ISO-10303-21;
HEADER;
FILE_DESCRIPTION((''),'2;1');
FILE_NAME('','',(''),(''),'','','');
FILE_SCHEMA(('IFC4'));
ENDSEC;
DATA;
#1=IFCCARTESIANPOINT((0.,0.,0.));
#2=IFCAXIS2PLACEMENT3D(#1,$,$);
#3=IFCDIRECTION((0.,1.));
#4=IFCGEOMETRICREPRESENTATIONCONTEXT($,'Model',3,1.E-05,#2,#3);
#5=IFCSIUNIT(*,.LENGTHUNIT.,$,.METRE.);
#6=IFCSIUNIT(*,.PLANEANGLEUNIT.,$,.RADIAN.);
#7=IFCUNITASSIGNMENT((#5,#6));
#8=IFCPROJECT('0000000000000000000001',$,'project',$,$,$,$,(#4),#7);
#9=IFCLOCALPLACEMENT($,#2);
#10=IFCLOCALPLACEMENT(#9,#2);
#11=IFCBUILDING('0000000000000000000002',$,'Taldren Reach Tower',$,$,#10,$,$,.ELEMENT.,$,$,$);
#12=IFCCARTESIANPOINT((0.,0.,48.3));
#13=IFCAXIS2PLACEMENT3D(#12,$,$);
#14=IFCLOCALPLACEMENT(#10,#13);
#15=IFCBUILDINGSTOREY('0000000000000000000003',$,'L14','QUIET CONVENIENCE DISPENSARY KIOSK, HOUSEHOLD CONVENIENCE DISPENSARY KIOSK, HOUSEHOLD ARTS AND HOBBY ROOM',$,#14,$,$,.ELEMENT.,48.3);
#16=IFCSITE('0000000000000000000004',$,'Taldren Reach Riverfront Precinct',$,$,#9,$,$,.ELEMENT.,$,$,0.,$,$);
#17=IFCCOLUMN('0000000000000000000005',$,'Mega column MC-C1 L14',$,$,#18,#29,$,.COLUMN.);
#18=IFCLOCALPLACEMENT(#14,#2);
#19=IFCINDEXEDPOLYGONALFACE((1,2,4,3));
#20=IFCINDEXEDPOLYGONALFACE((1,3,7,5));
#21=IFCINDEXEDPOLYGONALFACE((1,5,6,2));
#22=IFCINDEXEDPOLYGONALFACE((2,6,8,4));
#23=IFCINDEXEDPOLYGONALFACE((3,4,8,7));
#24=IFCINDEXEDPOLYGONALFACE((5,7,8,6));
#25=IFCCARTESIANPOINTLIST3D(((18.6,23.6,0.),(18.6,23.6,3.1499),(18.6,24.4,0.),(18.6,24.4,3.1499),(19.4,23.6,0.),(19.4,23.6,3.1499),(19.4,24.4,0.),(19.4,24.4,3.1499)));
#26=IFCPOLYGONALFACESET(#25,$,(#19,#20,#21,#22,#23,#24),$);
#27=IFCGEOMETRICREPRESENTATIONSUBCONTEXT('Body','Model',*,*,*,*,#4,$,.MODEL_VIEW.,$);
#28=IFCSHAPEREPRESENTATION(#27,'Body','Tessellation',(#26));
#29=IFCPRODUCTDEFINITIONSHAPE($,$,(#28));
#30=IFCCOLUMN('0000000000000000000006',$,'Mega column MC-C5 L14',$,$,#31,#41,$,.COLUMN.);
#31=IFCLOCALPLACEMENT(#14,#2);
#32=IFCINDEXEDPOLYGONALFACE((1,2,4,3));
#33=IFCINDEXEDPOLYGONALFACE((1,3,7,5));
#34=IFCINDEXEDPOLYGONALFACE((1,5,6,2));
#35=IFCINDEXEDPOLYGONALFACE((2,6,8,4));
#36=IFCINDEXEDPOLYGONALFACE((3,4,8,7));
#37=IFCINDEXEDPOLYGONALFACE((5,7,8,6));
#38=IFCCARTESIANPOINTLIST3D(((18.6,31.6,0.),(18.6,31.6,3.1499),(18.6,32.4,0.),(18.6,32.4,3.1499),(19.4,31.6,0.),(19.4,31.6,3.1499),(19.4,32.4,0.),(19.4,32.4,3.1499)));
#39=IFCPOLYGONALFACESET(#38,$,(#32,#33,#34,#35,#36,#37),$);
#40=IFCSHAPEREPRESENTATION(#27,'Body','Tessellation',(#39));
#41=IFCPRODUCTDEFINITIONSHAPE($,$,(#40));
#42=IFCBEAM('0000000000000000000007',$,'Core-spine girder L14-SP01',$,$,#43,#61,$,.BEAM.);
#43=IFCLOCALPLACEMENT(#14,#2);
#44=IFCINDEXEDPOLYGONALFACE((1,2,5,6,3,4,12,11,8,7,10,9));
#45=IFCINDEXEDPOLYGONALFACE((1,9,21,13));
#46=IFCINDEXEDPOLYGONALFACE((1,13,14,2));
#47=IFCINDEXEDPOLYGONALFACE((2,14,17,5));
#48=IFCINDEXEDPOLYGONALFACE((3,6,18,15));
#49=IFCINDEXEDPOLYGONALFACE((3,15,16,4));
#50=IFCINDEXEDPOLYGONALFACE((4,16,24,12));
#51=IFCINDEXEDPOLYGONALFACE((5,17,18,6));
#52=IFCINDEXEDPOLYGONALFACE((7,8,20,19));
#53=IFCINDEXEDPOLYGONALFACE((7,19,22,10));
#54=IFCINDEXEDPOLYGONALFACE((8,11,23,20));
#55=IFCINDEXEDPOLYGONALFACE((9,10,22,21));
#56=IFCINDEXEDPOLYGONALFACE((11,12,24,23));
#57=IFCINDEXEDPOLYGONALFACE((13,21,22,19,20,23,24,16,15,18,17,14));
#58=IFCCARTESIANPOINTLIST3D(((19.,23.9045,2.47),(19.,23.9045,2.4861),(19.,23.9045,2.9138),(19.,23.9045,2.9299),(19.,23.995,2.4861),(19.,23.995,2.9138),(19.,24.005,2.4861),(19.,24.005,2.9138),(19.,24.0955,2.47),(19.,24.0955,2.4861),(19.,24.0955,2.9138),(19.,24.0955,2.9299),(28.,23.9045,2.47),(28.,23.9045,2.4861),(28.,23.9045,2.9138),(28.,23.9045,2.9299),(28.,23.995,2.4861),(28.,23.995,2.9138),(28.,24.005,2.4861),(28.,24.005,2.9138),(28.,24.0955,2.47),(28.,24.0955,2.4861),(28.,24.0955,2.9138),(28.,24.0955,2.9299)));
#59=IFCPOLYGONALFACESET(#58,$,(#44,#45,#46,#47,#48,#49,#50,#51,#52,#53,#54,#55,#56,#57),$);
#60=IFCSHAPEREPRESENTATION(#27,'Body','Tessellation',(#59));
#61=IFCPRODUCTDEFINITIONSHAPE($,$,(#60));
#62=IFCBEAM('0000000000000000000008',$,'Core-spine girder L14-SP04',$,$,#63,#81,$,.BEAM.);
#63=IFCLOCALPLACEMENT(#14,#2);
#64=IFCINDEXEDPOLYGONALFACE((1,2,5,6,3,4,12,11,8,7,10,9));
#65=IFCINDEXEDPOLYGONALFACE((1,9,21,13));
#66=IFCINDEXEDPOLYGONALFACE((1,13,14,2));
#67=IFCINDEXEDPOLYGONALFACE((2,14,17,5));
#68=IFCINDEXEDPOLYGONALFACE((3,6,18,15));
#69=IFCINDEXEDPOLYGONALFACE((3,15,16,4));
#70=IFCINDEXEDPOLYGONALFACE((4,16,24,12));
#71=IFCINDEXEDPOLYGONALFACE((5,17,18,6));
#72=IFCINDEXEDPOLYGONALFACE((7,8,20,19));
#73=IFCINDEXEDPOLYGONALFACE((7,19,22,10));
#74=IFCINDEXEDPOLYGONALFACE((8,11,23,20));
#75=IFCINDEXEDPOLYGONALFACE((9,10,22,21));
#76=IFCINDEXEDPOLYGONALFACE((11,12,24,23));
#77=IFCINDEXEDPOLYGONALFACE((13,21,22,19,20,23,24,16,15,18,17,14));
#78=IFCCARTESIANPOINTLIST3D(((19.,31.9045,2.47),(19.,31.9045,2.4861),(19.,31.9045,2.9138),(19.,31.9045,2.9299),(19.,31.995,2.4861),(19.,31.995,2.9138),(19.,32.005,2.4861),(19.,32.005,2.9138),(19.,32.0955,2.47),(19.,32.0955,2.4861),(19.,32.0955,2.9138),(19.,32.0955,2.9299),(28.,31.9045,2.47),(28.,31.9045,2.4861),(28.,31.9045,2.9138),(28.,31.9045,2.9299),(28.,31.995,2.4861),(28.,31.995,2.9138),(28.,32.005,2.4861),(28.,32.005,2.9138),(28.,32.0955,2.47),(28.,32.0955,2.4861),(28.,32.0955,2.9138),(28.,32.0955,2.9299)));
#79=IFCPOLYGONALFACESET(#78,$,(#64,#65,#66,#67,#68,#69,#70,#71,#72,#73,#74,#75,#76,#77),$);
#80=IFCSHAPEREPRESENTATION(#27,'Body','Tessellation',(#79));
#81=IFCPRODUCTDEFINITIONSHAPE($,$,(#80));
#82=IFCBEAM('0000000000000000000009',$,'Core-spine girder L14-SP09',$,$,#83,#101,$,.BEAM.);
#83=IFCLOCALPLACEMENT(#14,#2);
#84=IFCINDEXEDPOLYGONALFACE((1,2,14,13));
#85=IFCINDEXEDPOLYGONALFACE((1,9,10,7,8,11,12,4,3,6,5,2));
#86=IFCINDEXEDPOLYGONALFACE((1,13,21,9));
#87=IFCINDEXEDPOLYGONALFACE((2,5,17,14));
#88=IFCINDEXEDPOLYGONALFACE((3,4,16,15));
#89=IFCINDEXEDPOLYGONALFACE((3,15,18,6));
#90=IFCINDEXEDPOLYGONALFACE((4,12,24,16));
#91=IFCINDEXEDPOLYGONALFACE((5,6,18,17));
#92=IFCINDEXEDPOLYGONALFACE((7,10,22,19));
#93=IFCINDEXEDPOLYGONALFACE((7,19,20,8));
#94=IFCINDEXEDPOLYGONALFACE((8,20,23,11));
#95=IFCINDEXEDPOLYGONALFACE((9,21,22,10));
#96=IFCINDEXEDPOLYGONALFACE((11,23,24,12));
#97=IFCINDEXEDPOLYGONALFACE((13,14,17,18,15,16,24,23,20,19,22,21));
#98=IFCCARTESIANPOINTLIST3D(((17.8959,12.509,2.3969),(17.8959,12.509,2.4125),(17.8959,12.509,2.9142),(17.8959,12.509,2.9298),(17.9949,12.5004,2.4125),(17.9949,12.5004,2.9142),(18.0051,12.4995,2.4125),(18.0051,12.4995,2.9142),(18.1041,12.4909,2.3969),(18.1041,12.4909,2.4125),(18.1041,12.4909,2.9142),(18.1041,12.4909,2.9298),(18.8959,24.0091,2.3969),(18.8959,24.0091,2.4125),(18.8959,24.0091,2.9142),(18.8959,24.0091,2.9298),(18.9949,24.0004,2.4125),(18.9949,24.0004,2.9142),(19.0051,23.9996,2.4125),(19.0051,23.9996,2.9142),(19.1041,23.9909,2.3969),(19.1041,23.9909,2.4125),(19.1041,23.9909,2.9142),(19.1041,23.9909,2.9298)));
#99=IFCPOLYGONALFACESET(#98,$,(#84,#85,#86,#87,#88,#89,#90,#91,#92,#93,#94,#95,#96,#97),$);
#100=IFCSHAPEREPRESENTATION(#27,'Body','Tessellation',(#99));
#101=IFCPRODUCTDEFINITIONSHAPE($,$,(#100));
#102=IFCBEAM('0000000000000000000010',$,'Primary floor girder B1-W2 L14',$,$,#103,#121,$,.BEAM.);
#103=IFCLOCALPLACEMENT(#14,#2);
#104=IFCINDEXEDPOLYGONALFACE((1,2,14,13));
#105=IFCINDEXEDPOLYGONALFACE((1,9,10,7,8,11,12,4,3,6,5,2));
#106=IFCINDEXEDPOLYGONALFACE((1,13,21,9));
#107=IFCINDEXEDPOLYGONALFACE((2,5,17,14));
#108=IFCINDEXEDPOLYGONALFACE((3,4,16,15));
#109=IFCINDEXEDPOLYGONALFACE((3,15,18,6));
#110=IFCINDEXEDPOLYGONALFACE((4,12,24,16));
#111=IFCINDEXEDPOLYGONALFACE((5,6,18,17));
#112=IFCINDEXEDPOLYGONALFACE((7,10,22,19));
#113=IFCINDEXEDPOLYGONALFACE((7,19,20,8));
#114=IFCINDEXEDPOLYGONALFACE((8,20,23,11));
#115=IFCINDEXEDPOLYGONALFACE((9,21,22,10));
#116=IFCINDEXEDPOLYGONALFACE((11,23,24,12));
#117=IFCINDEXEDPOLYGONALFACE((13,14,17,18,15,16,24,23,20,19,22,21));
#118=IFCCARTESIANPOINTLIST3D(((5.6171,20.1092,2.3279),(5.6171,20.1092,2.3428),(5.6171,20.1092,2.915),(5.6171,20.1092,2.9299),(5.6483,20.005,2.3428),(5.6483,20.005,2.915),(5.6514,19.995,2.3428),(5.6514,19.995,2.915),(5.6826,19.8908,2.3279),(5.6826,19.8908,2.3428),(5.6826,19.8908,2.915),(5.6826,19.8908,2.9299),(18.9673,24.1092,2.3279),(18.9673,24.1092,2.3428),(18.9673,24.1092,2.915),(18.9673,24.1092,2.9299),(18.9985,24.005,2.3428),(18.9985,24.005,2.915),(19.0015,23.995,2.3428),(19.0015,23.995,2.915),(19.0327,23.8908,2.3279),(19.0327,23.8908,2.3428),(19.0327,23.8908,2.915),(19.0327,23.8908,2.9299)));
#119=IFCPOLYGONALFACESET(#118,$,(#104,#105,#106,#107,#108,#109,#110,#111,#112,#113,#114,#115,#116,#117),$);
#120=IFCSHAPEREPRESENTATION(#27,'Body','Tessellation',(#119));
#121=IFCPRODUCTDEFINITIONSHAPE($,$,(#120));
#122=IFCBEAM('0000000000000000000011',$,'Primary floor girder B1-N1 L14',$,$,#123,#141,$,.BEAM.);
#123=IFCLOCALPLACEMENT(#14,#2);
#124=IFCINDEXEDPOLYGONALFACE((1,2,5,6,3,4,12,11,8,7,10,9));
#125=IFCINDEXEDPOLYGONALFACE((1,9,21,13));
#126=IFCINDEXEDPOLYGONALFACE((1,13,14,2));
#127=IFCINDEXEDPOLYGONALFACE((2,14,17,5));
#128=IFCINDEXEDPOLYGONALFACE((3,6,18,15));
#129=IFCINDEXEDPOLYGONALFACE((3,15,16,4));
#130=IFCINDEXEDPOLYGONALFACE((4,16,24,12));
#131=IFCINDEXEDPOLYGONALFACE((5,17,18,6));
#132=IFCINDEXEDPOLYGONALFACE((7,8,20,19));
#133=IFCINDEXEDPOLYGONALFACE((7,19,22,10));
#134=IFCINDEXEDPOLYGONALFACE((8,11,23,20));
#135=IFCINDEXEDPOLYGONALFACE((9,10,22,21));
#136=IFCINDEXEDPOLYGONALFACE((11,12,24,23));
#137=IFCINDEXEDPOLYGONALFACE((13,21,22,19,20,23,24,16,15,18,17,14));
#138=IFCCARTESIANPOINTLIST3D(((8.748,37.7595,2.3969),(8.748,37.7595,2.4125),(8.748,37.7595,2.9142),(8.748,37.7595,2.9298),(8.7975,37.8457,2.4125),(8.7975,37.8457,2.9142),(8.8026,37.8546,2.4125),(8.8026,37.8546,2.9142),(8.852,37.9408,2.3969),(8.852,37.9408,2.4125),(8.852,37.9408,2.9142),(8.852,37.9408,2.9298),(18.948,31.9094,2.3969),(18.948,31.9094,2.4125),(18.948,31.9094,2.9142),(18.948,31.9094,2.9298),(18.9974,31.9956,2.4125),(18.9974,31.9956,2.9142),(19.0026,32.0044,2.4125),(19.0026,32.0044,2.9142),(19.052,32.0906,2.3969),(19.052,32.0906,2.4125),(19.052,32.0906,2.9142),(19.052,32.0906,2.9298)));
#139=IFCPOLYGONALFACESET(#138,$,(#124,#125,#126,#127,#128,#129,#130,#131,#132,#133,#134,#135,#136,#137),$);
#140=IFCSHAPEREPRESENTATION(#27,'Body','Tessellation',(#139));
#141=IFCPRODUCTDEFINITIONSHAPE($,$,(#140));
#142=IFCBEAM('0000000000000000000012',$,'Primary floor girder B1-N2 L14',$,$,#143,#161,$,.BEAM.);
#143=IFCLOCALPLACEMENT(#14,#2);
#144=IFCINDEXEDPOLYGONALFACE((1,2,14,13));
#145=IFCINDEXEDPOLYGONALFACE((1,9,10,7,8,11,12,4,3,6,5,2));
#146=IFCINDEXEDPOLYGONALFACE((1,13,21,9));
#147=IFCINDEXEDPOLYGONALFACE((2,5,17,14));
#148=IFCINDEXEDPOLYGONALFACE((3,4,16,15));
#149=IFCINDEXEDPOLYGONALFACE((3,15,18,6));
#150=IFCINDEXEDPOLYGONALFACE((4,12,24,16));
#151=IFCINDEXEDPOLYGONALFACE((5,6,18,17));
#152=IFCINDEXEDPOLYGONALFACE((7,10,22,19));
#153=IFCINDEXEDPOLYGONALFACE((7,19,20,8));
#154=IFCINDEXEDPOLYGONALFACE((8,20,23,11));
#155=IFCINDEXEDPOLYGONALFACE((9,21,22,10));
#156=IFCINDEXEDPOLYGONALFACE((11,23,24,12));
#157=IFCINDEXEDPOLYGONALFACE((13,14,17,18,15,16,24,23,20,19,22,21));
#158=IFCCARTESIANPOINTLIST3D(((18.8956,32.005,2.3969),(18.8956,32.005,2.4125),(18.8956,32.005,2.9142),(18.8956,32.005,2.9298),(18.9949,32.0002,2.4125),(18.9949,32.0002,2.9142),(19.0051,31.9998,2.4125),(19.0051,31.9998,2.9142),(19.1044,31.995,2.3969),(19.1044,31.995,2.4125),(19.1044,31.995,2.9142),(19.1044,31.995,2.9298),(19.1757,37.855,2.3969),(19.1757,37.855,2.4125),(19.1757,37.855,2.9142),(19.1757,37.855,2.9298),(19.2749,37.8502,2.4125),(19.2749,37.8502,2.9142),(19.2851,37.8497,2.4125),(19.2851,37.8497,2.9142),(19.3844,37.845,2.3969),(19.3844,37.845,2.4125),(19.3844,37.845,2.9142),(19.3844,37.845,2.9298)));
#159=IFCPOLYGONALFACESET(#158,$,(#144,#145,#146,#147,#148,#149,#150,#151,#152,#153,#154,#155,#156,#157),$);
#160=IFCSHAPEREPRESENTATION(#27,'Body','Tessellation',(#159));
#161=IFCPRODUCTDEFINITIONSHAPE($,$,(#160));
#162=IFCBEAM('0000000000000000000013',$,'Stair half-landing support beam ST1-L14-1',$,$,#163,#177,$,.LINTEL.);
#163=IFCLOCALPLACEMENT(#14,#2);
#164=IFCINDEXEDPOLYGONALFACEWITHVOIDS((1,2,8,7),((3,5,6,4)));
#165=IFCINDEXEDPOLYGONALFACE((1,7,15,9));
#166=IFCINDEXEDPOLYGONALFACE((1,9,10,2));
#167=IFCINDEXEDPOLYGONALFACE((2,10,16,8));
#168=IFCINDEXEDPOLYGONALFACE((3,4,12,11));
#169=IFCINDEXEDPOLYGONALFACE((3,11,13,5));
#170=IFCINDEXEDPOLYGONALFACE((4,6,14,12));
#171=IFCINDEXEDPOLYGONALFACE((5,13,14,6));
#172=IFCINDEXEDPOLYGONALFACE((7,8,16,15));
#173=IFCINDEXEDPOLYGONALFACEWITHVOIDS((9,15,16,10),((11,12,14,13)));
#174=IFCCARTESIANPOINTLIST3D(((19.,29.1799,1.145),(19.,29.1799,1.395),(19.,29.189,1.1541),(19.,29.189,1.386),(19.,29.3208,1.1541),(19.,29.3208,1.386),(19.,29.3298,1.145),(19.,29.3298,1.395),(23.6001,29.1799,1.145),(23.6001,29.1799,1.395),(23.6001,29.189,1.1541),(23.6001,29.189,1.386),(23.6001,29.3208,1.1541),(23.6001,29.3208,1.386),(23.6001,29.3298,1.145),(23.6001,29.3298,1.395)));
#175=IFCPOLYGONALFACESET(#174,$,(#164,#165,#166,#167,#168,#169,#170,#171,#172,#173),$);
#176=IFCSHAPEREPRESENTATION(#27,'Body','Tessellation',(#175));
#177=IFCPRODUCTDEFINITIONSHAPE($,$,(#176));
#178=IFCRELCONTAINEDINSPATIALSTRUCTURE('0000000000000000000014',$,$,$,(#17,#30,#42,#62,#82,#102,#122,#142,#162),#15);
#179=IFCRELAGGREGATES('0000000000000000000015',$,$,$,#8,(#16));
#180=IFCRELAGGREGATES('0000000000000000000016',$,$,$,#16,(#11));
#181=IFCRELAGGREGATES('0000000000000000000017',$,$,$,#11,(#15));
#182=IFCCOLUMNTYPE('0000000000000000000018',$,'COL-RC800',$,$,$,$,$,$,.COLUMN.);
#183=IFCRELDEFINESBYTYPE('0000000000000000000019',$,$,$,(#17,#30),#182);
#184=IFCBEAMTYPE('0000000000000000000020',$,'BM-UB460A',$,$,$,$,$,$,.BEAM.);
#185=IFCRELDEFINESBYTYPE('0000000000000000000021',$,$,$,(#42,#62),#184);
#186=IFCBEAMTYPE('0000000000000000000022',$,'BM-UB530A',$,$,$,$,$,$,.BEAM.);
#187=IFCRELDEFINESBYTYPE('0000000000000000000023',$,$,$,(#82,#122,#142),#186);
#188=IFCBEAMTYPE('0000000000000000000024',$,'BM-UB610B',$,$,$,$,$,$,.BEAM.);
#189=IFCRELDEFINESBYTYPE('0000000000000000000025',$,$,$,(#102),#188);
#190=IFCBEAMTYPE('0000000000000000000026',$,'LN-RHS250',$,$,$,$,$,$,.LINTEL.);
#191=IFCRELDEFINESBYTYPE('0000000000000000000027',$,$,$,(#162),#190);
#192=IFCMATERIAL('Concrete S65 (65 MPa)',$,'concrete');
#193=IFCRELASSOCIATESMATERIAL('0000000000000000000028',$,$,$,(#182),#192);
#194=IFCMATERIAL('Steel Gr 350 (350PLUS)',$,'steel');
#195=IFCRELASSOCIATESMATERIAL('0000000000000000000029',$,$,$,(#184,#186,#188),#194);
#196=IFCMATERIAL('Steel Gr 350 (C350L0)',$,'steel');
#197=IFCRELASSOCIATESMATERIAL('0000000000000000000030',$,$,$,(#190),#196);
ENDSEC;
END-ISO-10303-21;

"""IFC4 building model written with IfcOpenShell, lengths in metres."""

from ifc_helpers import new_model, si_unit, direction, frame, origin, origin_2d, place, context, subcontext, project, spatial, rectangle, hollow_rectangle, i_section, extrude, source, transform, mapped, material, material_profile, profile_set, type_object, element, save


model = new_model("IFC4")

# Units and contexts
model_context = context("Model", 3, precision=1e-05, world=origin(), true_north=direction((0.0, 1.0)))
body_context = subcontext(model_context, "Body", "Model", "MODEL_VIEW")
ifc_project = project(units=[si_unit("LENGTHUNIT", "METRE"), si_unit("PLANEANGLEUNIT", "RADIAN")], contexts=[model_context])

# Site, building, storey
site_placement = place(None, origin())
site = spatial("IfcSite", under=ifc_project, at=site_placement, Name="Taldren Reach Riverfront Precinct", CompositionType="ELEMENT", RefElevation=0.0)
building_placement = place(site_placement, origin())
building = spatial("IfcBuilding", under=site, at=building_placement, Name="Taldren Reach Tower", CompositionType="ELEMENT")
storey_placement = place(building_placement, frame((0.0, 0.0, 48.3)))
storey = spatial("IfcBuildingStorey", under=building, at=storey_placement, Name="L14", Description="QUIET CONVENIENCE DISPENSARY KIOSK, HOUSEHOLD CONVENIENCE DISPENSARY KIOSK, HOUSEHOLD ARTS AND HOBBY ROOM", CompositionType="ELEMENT", Elevation=48.3)

# Columns
ifc_material_1 = material(Name="Concrete S65 (65 MPa)", Category="concrete")
ifc_material_profile_1 = material_profile(ifc_material_1, rectangle(XDim=0.8, YDim=0.8, at=origin_2d()), Name="RC-800x800")
ifc_profile_set_1 = profile_set([ifc_material_profile_1], Name="Concrete S65 (65 MPa)")
column_type = type_object("IfcColumnType", Name="COL-RC800", PredefinedType="COLUMN", material=ifc_profile_set_1)
shared_shape_1 = source(origin(), body_context, "Body", "SweptSolid", [
    extrude(rectangle(XDim=0.8, YDim=0.8, at=origin_2d()), origin(), (0.0, 0.0, 1.0), 3.1499),
])
for number, where, z_axis, x_axis, name in (
    (1, (19.0, 24.0, 0.0), (0.0, 0.0, 1.0), (1.0, 0.0, 0.0), "Mega column MC-C1 L14"),
    (2, (19.0, 32.0, 0.0), (0.0, 0.0, 1.0), (1.0, 0.0, 0.0), "Mega column MC-C5 L14"),
):
    element("IfcColumn", number, at=place(storey_placement, frame(where, z_axis=z_axis, x_axis=x_axis)), inside=storey, type_object=column_type, Name=name, PredefinedType="COLUMN", context=body_context, shape_type="MappedRepresentation", body=[
        mapped(shared_shape_1, transform((0.0, 0.0, 0.0), scale=1.0)),
    ])

# Beams
ifc_material_2 = material(Name="Steel Gr 350 (350PLUS)", Category="steel")
ifc_material_profile_2 = material_profile(ifc_material_2, i_section(OverallWidth=0.1909, OverallDepth=0.46, WebThickness=0.01, FlangeThickness=0.0161, at=origin_2d()), Name="460UB82.1")
ifc_profile_set_2 = profile_set([ifc_material_profile_2], Name="Steel Gr 350 (350PLUS)")
beam_type_1 = type_object("IfcBeamType", Name="BM-UB460A", PredefinedType="BEAM", material=ifc_profile_set_2)
shared_shape_2 = source(origin(), body_context, "Body", "SweptSolid", [
    extrude(i_section(OverallWidth=0.1909, OverallDepth=0.46, WebThickness=0.01, FlangeThickness=0.0161, at=origin_2d()), origin(), (0.0, 0.0, 1.0), 9.0),
])
for number, where, z_axis, x_axis, name in (
    (3, (19.0, 24.0, 2.7), (1.0, 0.0, 0.0), (0.0, 1.0, 0.0), "Core-spine girder L14-SP01"),
    (4, (19.0, 32.0, 2.7), (1.0, 0.0, 0.0), (0.0, 1.0, 0.0), "Core-spine girder L14-SP04"),
):
    element("IfcBeam", number, at=place(storey_placement, frame(where, z_axis=z_axis, x_axis=x_axis)), inside=storey, type_object=beam_type_1, Name=name, PredefinedType="BEAM", context=body_context, shape_type="MappedRepresentation", body=[
        mapped(shared_shape_2, transform((0.0, 0.0, 0.0), scale=1.0)),
    ])
ifc_material_profile_3 = material_profile(ifc_material_2, i_section(OverallWidth=0.209, OverallDepth=0.533, WebThickness=0.0103, FlangeThickness=0.0156, at=origin_2d()), Name="530UB92.4")
ifc_profile_set_3 = profile_set([ifc_material_profile_3], Name="Steel Gr 350 (350PLUS)")
beam_type_2 = type_object("IfcBeamType", Name="BM-UB530A", PredefinedType="BEAM", material=ifc_profile_set_3)
shared_shape_3 = source(origin(), body_context, "Body", "SweptSolid", [
    extrude(i_section(OverallWidth=0.209, OverallDepth=0.533, WebThickness=0.0103, FlangeThickness=0.0156, at=origin_2d()), origin(), (0.0, 0.0, 1.0), 11.5435),
])
beam_1_placement = place(storey_placement, frame((19.0, 24.0, 2.6633), z_axis=(-0.08663, -0.996241, 0.0), x_axis=(0.996241, -0.08663, 0.0)))
element("IfcBeam", 5, at=beam_1_placement, inside=storey, type_object=beam_type_2, Name="Core-spine girder L14-SP09", PredefinedType="BEAM", context=body_context, shape_type="MappedRepresentation", body=[
    mapped(shared_shape_3, transform((0.0, 0.0, 0.0), scale=1.0)),
])
ifc_material_profile_4 = material_profile(ifc_material_2, i_section(OverallWidth=0.228, OverallDepth=0.6021, WebThickness=0.0105, FlangeThickness=0.0149, at=origin_2d()), Name="610UB101")
ifc_profile_set_4 = profile_set([ifc_material_profile_4], Name="Steel Gr 350 (350PLUS)")
beam_type_3 = type_object("IfcBeamType", Name="BM-UB610B", PredefinedType="BEAM", material=ifc_profile_set_4)
shared_shape_4 = source(origin(), body_context, "Body", "SweptSolid", [
    extrude(i_section(OverallWidth=0.228, OverallDepth=0.6021, WebThickness=0.0105, FlangeThickness=0.0149, at=origin_2d()), origin(), (0.0, 0.0, 1.0), 13.9365),
])
beam_2_placement = place(storey_placement, frame((19.0, 24.0, 2.6289), z_axis=(-0.957926, -0.287017, 0.0), x_axis=(0.287017, -0.957926, 0.0)))
element("IfcBeam", 6, at=beam_2_placement, inside=storey, type_object=beam_type_3, Name="Primary floor girder B1-W2 L14", PredefinedType="BEAM", context=body_context, shape_type="MappedRepresentation", body=[
    mapped(shared_shape_4, transform((0.0, 0.0, 0.0), scale=1.0)),
])
shared_shape_5 = source(origin(), body_context, "Body", "SweptSolid", [
    extrude(i_section(OverallWidth=0.209, OverallDepth=0.533, WebThickness=0.0103, FlangeThickness=0.0156, at=origin_2d()), origin(), (0.0, 0.0, 1.0), 11.7585),
])
beam_3_placement = place(storey_placement, frame((19.0, 32.0, 2.6633), z_axis=(-0.867452, 0.49752, 0.0), x_axis=(-0.49752, -0.867452, 0.0)))
element("IfcBeam", 7, at=beam_3_placement, inside=storey, type_object=beam_type_2, Name="Primary floor girder B1-N1 L14", PredefinedType="BEAM", context=body_context, shape_type="MappedRepresentation", body=[
    mapped(shared_shape_5, transform((0.0, 0.0, 0.0), scale=1.0)),
])
shared_shape_6 = source(origin(), body_context, "Body", "SweptSolid", [
    extrude(i_section(OverallWidth=0.209, OverallDepth=0.533, WebThickness=0.0103, FlangeThickness=0.0156, at=origin_2d()), origin(), (0.0, 0.0, 1.0), 5.8567),
])
beam_4_placement = place(storey_placement, frame((19.0, 32.0, 2.6633), z_axis=(0.047813, 0.998856, 0.0), x_axis=(-0.998856, 0.047813, 0.0)))
element("IfcBeam", 8, at=beam_4_placement, inside=storey, type_object=beam_type_2, Name="Primary floor girder B1-N2 L14", PredefinedType="BEAM", context=body_context, shape_type="MappedRepresentation", body=[
    mapped(shared_shape_6, transform((0.0, 0.0, 0.0), scale=1.0)),
])
ifc_material_3 = material(Name="Steel Gr 350 (C350L0)", Category="steel")
ifc_material_profile_5 = material_profile(ifc_material_3, hollow_rectangle(XDim=0.1499, YDim=0.25, WallThickness=0.009, at=origin_2d()), Name="250x150x9.0RHS")
ifc_profile_set_5 = profile_set([ifc_material_profile_5], Name="Steel Gr 350 (C350L0)")
beam_type_4 = type_object("IfcBeamType", Name="LN-RHS250", PredefinedType="LINTEL", material=ifc_profile_set_5)
shared_shape_7 = source(origin(), body_context, "Body", "SweptSolid", [
    extrude(hollow_rectangle(XDim=0.1499, YDim=0.25, WallThickness=0.009, at=origin_2d()), origin(), (0.0, 0.0, 1.0), 4.6001),
])
for number, where, z_axis, x_axis, name in (
    (9, (19.0, 29.2549, 1.27), (1.0, 0.0, 0.0), (0.0, 1.0, 0.0), "Stair half-landing support beam ST1-L14-1"),
):
    element("IfcBeam", number, at=place(storey_placement, frame(where, z_axis=z_axis, x_axis=x_axis)), inside=storey, type_object=beam_type_4, Name=name, PredefinedType="LINTEL", context=body_context, shape_type="MappedRepresentation", body=[
        mapped(shared_shape_7, transform((0.0, 0.0, 0.0), scale=1.0)),
    ])

save(model, "model.ifc")
